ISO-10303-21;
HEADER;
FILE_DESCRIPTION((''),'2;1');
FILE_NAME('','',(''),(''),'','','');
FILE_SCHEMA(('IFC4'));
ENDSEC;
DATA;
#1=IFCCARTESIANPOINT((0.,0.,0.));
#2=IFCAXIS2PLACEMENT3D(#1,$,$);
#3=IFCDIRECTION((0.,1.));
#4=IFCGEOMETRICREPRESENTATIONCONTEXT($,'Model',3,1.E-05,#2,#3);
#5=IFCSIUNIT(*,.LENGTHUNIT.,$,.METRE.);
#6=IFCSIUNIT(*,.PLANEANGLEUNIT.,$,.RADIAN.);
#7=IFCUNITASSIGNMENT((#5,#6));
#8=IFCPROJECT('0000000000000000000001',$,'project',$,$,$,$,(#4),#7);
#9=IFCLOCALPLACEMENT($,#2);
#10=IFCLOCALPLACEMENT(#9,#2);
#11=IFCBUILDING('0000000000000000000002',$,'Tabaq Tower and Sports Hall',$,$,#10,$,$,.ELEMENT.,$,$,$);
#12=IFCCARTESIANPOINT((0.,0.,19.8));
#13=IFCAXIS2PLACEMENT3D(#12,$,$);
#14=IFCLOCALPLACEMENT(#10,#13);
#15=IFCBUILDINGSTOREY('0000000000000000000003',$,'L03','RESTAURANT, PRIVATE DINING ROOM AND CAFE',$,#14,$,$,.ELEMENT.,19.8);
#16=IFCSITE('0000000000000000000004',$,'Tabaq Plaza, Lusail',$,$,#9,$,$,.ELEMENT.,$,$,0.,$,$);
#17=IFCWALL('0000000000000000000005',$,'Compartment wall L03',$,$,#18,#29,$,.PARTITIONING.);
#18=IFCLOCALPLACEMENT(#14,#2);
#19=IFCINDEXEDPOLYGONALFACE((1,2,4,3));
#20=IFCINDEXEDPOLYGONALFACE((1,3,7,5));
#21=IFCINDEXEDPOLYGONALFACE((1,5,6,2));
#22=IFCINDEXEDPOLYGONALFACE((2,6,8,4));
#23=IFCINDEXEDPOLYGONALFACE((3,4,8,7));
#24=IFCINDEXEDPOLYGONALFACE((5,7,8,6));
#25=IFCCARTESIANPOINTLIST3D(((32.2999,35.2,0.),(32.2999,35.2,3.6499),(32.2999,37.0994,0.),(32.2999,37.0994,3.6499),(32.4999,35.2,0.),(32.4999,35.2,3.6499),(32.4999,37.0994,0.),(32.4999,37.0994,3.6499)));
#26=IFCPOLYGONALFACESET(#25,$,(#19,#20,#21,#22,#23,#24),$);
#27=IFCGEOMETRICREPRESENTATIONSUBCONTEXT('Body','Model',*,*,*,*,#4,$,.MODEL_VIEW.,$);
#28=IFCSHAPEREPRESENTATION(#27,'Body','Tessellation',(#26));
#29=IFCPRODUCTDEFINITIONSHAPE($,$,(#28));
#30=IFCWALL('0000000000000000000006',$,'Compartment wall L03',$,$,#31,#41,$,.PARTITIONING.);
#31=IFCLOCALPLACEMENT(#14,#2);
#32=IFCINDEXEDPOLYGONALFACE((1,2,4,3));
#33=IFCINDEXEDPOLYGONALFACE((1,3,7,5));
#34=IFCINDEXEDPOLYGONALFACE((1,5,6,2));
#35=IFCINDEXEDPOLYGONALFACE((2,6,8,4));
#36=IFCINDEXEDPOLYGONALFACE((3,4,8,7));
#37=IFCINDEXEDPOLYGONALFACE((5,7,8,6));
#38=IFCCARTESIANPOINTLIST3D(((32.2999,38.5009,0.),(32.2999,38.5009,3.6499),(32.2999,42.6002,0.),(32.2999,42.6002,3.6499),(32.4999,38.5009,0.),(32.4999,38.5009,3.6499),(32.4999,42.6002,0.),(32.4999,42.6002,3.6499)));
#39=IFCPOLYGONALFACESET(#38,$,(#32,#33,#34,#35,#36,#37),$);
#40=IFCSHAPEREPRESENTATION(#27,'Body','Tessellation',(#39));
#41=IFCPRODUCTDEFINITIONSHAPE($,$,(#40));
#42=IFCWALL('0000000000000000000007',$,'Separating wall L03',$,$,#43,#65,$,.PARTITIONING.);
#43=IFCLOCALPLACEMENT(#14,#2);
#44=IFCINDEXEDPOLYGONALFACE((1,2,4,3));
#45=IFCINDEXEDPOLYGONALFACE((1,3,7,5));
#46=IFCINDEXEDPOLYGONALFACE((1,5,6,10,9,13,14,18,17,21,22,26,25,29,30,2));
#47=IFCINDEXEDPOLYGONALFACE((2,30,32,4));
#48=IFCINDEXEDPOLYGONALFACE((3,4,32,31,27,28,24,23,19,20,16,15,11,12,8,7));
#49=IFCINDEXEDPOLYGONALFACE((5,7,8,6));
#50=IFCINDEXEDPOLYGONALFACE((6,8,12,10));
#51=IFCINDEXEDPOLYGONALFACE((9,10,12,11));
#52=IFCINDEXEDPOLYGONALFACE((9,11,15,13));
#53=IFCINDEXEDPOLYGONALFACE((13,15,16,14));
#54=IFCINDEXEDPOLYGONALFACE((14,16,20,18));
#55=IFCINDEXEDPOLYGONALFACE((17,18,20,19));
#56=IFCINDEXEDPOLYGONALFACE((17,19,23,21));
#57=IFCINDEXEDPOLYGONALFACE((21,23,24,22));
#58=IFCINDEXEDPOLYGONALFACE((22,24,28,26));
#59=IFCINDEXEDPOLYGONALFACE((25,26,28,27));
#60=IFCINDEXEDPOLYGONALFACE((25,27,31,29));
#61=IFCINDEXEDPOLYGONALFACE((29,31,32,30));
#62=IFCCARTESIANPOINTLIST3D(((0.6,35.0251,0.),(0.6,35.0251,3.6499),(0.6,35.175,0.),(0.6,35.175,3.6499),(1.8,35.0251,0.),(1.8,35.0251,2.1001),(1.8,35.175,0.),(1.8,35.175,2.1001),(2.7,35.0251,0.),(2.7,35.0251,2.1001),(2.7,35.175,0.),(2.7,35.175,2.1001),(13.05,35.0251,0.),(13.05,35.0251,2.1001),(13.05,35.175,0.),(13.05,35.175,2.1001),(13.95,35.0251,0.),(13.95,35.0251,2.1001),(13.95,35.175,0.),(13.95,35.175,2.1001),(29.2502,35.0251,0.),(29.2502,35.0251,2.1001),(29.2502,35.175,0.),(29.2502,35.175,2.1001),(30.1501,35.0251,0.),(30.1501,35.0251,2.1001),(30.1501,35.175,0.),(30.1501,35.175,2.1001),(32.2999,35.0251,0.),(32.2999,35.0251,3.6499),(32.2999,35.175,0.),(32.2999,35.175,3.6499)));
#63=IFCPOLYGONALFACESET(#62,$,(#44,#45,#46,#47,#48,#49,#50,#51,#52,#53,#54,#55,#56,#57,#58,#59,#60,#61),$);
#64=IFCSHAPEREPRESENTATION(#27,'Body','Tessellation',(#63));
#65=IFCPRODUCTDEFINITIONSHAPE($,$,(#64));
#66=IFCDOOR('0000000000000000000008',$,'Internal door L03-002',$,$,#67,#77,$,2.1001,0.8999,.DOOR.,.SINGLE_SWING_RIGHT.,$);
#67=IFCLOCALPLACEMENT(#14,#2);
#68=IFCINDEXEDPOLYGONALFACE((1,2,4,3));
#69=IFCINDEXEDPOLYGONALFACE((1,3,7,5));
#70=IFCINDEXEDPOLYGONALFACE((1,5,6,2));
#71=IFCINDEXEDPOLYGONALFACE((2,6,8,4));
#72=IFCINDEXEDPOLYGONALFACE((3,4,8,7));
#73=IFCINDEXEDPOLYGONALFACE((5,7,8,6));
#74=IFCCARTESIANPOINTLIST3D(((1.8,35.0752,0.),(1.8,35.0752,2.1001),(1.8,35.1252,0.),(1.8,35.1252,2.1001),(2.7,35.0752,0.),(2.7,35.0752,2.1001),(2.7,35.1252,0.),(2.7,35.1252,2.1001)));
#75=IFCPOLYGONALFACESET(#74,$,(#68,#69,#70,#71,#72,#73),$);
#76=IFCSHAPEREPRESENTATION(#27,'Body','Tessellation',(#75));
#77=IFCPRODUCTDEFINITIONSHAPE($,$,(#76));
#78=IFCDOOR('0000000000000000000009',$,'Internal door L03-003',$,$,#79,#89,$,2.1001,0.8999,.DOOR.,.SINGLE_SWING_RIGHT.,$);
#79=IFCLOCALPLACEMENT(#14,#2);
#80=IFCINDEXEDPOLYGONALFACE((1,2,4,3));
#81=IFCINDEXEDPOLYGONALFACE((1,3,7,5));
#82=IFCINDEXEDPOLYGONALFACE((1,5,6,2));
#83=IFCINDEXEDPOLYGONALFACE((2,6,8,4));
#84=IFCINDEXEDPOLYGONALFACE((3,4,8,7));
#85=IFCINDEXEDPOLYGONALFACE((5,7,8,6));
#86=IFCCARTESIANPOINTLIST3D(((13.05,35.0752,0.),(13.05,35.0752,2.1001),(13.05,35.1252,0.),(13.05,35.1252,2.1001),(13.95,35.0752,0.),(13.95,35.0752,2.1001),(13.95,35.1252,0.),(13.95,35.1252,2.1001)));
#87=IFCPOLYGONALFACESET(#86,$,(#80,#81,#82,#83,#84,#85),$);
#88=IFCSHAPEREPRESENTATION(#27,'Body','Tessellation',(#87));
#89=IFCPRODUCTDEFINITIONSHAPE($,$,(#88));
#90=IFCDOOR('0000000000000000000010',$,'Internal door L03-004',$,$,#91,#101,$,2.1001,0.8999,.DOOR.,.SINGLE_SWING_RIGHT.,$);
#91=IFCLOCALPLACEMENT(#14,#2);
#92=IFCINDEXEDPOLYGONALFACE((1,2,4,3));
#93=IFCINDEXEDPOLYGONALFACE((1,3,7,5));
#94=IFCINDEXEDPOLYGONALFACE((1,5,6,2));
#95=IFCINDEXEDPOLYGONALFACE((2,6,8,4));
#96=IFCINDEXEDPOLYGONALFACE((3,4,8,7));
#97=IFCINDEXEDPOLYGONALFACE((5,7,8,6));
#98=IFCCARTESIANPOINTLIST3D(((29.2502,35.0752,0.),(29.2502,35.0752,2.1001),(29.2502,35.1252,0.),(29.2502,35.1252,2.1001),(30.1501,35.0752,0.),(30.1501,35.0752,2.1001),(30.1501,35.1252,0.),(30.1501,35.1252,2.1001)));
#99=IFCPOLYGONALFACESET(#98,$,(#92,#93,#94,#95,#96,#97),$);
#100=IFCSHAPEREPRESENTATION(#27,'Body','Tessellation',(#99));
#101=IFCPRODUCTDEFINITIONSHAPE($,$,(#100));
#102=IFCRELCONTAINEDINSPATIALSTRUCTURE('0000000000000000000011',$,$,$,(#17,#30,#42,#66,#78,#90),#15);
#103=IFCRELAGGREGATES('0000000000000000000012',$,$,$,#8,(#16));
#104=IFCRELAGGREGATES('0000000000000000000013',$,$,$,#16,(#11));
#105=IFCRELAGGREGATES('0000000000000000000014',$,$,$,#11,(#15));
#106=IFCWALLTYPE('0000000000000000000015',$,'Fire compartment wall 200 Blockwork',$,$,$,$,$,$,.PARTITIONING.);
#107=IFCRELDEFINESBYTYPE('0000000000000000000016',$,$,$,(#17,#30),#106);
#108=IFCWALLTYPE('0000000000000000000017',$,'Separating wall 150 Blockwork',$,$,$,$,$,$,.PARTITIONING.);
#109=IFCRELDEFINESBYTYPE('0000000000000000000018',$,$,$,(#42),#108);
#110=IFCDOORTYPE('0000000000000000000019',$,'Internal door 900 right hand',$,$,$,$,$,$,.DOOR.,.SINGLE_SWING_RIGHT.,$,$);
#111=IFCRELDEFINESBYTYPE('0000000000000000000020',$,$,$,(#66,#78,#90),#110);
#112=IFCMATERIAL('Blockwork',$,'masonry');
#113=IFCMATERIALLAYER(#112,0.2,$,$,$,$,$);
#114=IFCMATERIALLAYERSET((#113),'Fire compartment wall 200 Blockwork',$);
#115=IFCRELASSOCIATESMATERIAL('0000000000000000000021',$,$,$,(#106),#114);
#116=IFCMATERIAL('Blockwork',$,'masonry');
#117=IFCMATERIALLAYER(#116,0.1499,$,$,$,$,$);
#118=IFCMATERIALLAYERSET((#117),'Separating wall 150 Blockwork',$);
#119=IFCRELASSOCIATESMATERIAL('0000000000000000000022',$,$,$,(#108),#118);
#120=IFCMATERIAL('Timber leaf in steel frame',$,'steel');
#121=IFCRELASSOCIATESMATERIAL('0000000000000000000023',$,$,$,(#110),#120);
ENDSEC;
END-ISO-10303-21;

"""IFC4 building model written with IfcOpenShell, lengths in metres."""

from ifc_helpers import new_model, si_unit, direction, frame, frame_2d, origin, place, context, subcontext, project, spatial, rectangle, extrude, material, layer, layer_set, type_object, element, fill, save


model = new_model("IFC4")

# Units and contexts
model_context = context("Model", 3, precision=1e-05, world=origin(), true_north=direction((0.0, 1.0)))
body_context = subcontext(model_context, "Body", "Model", "MODEL_VIEW")
ifc_project = project(units=[si_unit("LENGTHUNIT", "METRE"), si_unit("PLANEANGLEUNIT", "RADIAN")], contexts=[model_context])

# Site, building, storey
site_placement = place(None, origin())
site = spatial("IfcSite", under=ifc_project, at=site_placement, Name="Tabaq Plaza, Lusail", CompositionType="ELEMENT", RefElevation=0.0)
building_placement = place(site_placement, origin())
building = spatial("IfcBuilding", under=site, at=building_placement, Name="Tabaq Tower and Sports Hall", CompositionType="ELEMENT")
storey_placement = place(building_placement, frame((0.0, 0.0, 19.8)))
storey = spatial("IfcBuildingStorey", under=building, at=storey_placement, Name="L03", Description="RESTAURANT, PRIVATE DINING ROOM AND CAFE", CompositionType="ELEMENT", Elevation=19.8)

# Walls
ifc_material_1 = material(Name="Blockwork", Category="masonry")
ifc_layer_1 = layer(ifc_material_1, 0.2)
ifc_layer_set_1 = layer_set([ifc_layer_1], Name="Fire compartment wall 200 Blockwork")
wall_type_1 = type_object("IfcWallType", Name="Fire compartment wall 200 Blockwork", PredefinedType="PARTITIONING", material=ifc_layer_set_1)
wall_1_placement = place(storey_placement, frame((32.3999, 35.2, 0.0), z_axis=(0.0, 0.0, 1.0), x_axis=(0.0, 1.0, 0.0)))
element("IfcWall", 1, at=wall_1_placement, inside=storey, type_object=wall_type_1, Name="Compartment wall L03", PredefinedType="PARTITIONING", context=body_context, shape_type="SweptSolid", body=[
    extrude(rectangle(XDim=1.8994, YDim=0.2, at=frame_2d((0.9497, 0.0))), origin(), (0.0, 0.0, 1.0), 3.6499),
])
wall_2_placement = place(storey_placement, frame((32.3999, 38.5007, 0.0), z_axis=(0.0, 0.0, 1.0), x_axis=(0.0, 1.0, 0.0)))
element("IfcWall", 2, at=wall_2_placement, inside=storey, type_object=wall_type_1, Name="Compartment wall L03", PredefinedType="PARTITIONING", context=body_context, shape_type="SweptSolid", body=[
    extrude(rectangle(XDim=4.0994, YDim=0.2, at=frame_2d((2.0498, 0.0))), origin(), (0.0, 0.0, 1.0), 3.6499),
])

# Wall, openings, doors
ifc_material_2 = material(Name="Blockwork", Category="masonry")
ifc_layer_2 = layer(ifc_material_2, 0.1499)
ifc_layer_set_2 = layer_set([ifc_layer_2], Name="Separating wall 150 Blockwork")
wall_type_2 = type_object("IfcWallType", Name="Separating wall 150 Blockwork", PredefinedType="PARTITIONING", material=ifc_layer_set_2)
wall_3_placement = place(storey_placement, frame((32.3, 35.1001, 0.0), z_axis=(0.0, 0.0, 1.0), x_axis=(-1.0, 0.0, 0.0)))
wall_3 = element("IfcWall", 3, at=wall_3_placement, inside=storey, type_object=wall_type_2, Name="Separating wall L03", PredefinedType="PARTITIONING", context=body_context, shape_type="SweptSolid", body=[
    extrude(rectangle(XDim=31.7, YDim=0.1499, at=frame_2d((15.8501, 0.0))), origin(), (0.0, 0.0, 1.0), 3.6499),
])
opening_1_placement = place(wall_3_placement, frame((29.6001, 0.0, 0.0)))
opening_1 = element("IfcOpeningElement", 4, at=opening_1_placement, cuts=wall_3, PredefinedType="OPENING", context=body_context, shape_type="SweptSolid", body=[
    extrude(rectangle(XDim=0.8999, YDim=2.1001, at=frame_2d((0.45, 1.05))), frame((0.0, 0.075, 0.0), z_axis=(0.0, -1.0, 0.0), x_axis=(1.0, 0.0, 0.0)), (0.0, 0.0, 1.0), 0.1499),
])
opening_2_placement = place(wall_3_placement, frame((18.3501, 0.0, 0.0)))
opening_2 = element("IfcOpeningElement", 5, at=opening_2_placement, cuts=wall_3, PredefinedType="OPENING", context=body_context, shape_type="SweptSolid", body=[
    extrude(rectangle(XDim=0.8999, YDim=2.1001, at=frame_2d((0.45, 1.05))), frame((0.0, 0.075, 0.0), z_axis=(0.0, -1.0, 0.0), x_axis=(1.0, 0.0, 0.0)), (0.0, 0.0, 1.0), 0.1499),
])
opening_3_placement = place(wall_3_placement, frame((2.1499, 0.0, 0.0)))
opening_3 = element("IfcOpeningElement", 6, at=opening_3_placement, cuts=wall_3, PredefinedType="OPENING", context=body_context, shape_type="SweptSolid", body=[
    extrude(rectangle(XDim=0.8999, YDim=2.1001, at=frame_2d((0.45, 1.05))), frame((0.0, 0.075, 0.0), z_axis=(0.0, -1.0, 0.0), x_axis=(1.0, 0.0, 0.0)), (0.0, 0.0, 1.0), 0.1499),
])
ifc_material_3 = material(Name="Timber leaf in steel frame", Category="steel")
door_type = type_object("IfcDoorType", Name="Internal door 900 right hand", OperationType="SINGLE_SWING_RIGHT", PredefinedType="DOOR", material=ifc_material_3)
door_1_placement = place(opening_1_placement, origin())
door_1 = element("IfcDoor", 7, at=door_1_placement, inside=storey, type_object=door_type, Name="Internal door L03-002", OperationType="SINGLE_SWING_RIGHT", OverallHeight=2.1001, OverallWidth=0.8999, PredefinedType="DOOR", context=body_context, shape_type="SweptSolid", body=[
    extrude(rectangle(XDim=0.8999, YDim=2.1001, at=frame_2d((0.45, 1.05))), frame((0.0, 0.0249, 0.0), z_axis=(0.0, -1.0, 0.0), x_axis=(1.0, 0.0, 0.0)), (0.0, 0.0, 1.0), 0.05),
])
fill(opening_1, door_1)
door_2_placement = place(opening_2_placement, origin())
door_2 = element("IfcDoor", 8, at=door_2_placement, inside=storey, type_object=door_type, Name="Internal door L03-003", OperationType="SINGLE_SWING_RIGHT", OverallHeight=2.1001, OverallWidth=0.8999, PredefinedType="DOOR", context=body_context, shape_type="SweptSolid", body=[
    extrude(rectangle(XDim=0.8999, YDim=2.1001, at=frame_2d((0.45, 1.05))), frame((0.0, 0.0249, 0.0), z_axis=(0.0, -1.0, 0.0), x_axis=(1.0, 0.0, 0.0)), (0.0, 0.0, 1.0), 0.05),
])
fill(opening_2, door_2)
door_3_placement = place(opening_3_placement, origin())
door_3 = element("IfcDoor", 9, at=door_3_placement, inside=storey, type_object=door_type, Name="Internal door L03-004", OperationType="SINGLE_SWING_RIGHT", OverallHeight=2.1001, OverallWidth=0.8999, PredefinedType="DOOR", context=body_context, shape_type="SweptSolid", body=[
    extrude(rectangle(XDim=0.8999, YDim=2.1001, at=frame_2d((0.45, 1.05))), frame((0.0, 0.0249, 0.0), z_axis=(0.0, -1.0, 0.0), x_axis=(1.0, 0.0, 0.0)), (0.0, 0.0, 1.0), 0.05),
])
fill(opening_3, door_3)

save(model, "model.ifc")
